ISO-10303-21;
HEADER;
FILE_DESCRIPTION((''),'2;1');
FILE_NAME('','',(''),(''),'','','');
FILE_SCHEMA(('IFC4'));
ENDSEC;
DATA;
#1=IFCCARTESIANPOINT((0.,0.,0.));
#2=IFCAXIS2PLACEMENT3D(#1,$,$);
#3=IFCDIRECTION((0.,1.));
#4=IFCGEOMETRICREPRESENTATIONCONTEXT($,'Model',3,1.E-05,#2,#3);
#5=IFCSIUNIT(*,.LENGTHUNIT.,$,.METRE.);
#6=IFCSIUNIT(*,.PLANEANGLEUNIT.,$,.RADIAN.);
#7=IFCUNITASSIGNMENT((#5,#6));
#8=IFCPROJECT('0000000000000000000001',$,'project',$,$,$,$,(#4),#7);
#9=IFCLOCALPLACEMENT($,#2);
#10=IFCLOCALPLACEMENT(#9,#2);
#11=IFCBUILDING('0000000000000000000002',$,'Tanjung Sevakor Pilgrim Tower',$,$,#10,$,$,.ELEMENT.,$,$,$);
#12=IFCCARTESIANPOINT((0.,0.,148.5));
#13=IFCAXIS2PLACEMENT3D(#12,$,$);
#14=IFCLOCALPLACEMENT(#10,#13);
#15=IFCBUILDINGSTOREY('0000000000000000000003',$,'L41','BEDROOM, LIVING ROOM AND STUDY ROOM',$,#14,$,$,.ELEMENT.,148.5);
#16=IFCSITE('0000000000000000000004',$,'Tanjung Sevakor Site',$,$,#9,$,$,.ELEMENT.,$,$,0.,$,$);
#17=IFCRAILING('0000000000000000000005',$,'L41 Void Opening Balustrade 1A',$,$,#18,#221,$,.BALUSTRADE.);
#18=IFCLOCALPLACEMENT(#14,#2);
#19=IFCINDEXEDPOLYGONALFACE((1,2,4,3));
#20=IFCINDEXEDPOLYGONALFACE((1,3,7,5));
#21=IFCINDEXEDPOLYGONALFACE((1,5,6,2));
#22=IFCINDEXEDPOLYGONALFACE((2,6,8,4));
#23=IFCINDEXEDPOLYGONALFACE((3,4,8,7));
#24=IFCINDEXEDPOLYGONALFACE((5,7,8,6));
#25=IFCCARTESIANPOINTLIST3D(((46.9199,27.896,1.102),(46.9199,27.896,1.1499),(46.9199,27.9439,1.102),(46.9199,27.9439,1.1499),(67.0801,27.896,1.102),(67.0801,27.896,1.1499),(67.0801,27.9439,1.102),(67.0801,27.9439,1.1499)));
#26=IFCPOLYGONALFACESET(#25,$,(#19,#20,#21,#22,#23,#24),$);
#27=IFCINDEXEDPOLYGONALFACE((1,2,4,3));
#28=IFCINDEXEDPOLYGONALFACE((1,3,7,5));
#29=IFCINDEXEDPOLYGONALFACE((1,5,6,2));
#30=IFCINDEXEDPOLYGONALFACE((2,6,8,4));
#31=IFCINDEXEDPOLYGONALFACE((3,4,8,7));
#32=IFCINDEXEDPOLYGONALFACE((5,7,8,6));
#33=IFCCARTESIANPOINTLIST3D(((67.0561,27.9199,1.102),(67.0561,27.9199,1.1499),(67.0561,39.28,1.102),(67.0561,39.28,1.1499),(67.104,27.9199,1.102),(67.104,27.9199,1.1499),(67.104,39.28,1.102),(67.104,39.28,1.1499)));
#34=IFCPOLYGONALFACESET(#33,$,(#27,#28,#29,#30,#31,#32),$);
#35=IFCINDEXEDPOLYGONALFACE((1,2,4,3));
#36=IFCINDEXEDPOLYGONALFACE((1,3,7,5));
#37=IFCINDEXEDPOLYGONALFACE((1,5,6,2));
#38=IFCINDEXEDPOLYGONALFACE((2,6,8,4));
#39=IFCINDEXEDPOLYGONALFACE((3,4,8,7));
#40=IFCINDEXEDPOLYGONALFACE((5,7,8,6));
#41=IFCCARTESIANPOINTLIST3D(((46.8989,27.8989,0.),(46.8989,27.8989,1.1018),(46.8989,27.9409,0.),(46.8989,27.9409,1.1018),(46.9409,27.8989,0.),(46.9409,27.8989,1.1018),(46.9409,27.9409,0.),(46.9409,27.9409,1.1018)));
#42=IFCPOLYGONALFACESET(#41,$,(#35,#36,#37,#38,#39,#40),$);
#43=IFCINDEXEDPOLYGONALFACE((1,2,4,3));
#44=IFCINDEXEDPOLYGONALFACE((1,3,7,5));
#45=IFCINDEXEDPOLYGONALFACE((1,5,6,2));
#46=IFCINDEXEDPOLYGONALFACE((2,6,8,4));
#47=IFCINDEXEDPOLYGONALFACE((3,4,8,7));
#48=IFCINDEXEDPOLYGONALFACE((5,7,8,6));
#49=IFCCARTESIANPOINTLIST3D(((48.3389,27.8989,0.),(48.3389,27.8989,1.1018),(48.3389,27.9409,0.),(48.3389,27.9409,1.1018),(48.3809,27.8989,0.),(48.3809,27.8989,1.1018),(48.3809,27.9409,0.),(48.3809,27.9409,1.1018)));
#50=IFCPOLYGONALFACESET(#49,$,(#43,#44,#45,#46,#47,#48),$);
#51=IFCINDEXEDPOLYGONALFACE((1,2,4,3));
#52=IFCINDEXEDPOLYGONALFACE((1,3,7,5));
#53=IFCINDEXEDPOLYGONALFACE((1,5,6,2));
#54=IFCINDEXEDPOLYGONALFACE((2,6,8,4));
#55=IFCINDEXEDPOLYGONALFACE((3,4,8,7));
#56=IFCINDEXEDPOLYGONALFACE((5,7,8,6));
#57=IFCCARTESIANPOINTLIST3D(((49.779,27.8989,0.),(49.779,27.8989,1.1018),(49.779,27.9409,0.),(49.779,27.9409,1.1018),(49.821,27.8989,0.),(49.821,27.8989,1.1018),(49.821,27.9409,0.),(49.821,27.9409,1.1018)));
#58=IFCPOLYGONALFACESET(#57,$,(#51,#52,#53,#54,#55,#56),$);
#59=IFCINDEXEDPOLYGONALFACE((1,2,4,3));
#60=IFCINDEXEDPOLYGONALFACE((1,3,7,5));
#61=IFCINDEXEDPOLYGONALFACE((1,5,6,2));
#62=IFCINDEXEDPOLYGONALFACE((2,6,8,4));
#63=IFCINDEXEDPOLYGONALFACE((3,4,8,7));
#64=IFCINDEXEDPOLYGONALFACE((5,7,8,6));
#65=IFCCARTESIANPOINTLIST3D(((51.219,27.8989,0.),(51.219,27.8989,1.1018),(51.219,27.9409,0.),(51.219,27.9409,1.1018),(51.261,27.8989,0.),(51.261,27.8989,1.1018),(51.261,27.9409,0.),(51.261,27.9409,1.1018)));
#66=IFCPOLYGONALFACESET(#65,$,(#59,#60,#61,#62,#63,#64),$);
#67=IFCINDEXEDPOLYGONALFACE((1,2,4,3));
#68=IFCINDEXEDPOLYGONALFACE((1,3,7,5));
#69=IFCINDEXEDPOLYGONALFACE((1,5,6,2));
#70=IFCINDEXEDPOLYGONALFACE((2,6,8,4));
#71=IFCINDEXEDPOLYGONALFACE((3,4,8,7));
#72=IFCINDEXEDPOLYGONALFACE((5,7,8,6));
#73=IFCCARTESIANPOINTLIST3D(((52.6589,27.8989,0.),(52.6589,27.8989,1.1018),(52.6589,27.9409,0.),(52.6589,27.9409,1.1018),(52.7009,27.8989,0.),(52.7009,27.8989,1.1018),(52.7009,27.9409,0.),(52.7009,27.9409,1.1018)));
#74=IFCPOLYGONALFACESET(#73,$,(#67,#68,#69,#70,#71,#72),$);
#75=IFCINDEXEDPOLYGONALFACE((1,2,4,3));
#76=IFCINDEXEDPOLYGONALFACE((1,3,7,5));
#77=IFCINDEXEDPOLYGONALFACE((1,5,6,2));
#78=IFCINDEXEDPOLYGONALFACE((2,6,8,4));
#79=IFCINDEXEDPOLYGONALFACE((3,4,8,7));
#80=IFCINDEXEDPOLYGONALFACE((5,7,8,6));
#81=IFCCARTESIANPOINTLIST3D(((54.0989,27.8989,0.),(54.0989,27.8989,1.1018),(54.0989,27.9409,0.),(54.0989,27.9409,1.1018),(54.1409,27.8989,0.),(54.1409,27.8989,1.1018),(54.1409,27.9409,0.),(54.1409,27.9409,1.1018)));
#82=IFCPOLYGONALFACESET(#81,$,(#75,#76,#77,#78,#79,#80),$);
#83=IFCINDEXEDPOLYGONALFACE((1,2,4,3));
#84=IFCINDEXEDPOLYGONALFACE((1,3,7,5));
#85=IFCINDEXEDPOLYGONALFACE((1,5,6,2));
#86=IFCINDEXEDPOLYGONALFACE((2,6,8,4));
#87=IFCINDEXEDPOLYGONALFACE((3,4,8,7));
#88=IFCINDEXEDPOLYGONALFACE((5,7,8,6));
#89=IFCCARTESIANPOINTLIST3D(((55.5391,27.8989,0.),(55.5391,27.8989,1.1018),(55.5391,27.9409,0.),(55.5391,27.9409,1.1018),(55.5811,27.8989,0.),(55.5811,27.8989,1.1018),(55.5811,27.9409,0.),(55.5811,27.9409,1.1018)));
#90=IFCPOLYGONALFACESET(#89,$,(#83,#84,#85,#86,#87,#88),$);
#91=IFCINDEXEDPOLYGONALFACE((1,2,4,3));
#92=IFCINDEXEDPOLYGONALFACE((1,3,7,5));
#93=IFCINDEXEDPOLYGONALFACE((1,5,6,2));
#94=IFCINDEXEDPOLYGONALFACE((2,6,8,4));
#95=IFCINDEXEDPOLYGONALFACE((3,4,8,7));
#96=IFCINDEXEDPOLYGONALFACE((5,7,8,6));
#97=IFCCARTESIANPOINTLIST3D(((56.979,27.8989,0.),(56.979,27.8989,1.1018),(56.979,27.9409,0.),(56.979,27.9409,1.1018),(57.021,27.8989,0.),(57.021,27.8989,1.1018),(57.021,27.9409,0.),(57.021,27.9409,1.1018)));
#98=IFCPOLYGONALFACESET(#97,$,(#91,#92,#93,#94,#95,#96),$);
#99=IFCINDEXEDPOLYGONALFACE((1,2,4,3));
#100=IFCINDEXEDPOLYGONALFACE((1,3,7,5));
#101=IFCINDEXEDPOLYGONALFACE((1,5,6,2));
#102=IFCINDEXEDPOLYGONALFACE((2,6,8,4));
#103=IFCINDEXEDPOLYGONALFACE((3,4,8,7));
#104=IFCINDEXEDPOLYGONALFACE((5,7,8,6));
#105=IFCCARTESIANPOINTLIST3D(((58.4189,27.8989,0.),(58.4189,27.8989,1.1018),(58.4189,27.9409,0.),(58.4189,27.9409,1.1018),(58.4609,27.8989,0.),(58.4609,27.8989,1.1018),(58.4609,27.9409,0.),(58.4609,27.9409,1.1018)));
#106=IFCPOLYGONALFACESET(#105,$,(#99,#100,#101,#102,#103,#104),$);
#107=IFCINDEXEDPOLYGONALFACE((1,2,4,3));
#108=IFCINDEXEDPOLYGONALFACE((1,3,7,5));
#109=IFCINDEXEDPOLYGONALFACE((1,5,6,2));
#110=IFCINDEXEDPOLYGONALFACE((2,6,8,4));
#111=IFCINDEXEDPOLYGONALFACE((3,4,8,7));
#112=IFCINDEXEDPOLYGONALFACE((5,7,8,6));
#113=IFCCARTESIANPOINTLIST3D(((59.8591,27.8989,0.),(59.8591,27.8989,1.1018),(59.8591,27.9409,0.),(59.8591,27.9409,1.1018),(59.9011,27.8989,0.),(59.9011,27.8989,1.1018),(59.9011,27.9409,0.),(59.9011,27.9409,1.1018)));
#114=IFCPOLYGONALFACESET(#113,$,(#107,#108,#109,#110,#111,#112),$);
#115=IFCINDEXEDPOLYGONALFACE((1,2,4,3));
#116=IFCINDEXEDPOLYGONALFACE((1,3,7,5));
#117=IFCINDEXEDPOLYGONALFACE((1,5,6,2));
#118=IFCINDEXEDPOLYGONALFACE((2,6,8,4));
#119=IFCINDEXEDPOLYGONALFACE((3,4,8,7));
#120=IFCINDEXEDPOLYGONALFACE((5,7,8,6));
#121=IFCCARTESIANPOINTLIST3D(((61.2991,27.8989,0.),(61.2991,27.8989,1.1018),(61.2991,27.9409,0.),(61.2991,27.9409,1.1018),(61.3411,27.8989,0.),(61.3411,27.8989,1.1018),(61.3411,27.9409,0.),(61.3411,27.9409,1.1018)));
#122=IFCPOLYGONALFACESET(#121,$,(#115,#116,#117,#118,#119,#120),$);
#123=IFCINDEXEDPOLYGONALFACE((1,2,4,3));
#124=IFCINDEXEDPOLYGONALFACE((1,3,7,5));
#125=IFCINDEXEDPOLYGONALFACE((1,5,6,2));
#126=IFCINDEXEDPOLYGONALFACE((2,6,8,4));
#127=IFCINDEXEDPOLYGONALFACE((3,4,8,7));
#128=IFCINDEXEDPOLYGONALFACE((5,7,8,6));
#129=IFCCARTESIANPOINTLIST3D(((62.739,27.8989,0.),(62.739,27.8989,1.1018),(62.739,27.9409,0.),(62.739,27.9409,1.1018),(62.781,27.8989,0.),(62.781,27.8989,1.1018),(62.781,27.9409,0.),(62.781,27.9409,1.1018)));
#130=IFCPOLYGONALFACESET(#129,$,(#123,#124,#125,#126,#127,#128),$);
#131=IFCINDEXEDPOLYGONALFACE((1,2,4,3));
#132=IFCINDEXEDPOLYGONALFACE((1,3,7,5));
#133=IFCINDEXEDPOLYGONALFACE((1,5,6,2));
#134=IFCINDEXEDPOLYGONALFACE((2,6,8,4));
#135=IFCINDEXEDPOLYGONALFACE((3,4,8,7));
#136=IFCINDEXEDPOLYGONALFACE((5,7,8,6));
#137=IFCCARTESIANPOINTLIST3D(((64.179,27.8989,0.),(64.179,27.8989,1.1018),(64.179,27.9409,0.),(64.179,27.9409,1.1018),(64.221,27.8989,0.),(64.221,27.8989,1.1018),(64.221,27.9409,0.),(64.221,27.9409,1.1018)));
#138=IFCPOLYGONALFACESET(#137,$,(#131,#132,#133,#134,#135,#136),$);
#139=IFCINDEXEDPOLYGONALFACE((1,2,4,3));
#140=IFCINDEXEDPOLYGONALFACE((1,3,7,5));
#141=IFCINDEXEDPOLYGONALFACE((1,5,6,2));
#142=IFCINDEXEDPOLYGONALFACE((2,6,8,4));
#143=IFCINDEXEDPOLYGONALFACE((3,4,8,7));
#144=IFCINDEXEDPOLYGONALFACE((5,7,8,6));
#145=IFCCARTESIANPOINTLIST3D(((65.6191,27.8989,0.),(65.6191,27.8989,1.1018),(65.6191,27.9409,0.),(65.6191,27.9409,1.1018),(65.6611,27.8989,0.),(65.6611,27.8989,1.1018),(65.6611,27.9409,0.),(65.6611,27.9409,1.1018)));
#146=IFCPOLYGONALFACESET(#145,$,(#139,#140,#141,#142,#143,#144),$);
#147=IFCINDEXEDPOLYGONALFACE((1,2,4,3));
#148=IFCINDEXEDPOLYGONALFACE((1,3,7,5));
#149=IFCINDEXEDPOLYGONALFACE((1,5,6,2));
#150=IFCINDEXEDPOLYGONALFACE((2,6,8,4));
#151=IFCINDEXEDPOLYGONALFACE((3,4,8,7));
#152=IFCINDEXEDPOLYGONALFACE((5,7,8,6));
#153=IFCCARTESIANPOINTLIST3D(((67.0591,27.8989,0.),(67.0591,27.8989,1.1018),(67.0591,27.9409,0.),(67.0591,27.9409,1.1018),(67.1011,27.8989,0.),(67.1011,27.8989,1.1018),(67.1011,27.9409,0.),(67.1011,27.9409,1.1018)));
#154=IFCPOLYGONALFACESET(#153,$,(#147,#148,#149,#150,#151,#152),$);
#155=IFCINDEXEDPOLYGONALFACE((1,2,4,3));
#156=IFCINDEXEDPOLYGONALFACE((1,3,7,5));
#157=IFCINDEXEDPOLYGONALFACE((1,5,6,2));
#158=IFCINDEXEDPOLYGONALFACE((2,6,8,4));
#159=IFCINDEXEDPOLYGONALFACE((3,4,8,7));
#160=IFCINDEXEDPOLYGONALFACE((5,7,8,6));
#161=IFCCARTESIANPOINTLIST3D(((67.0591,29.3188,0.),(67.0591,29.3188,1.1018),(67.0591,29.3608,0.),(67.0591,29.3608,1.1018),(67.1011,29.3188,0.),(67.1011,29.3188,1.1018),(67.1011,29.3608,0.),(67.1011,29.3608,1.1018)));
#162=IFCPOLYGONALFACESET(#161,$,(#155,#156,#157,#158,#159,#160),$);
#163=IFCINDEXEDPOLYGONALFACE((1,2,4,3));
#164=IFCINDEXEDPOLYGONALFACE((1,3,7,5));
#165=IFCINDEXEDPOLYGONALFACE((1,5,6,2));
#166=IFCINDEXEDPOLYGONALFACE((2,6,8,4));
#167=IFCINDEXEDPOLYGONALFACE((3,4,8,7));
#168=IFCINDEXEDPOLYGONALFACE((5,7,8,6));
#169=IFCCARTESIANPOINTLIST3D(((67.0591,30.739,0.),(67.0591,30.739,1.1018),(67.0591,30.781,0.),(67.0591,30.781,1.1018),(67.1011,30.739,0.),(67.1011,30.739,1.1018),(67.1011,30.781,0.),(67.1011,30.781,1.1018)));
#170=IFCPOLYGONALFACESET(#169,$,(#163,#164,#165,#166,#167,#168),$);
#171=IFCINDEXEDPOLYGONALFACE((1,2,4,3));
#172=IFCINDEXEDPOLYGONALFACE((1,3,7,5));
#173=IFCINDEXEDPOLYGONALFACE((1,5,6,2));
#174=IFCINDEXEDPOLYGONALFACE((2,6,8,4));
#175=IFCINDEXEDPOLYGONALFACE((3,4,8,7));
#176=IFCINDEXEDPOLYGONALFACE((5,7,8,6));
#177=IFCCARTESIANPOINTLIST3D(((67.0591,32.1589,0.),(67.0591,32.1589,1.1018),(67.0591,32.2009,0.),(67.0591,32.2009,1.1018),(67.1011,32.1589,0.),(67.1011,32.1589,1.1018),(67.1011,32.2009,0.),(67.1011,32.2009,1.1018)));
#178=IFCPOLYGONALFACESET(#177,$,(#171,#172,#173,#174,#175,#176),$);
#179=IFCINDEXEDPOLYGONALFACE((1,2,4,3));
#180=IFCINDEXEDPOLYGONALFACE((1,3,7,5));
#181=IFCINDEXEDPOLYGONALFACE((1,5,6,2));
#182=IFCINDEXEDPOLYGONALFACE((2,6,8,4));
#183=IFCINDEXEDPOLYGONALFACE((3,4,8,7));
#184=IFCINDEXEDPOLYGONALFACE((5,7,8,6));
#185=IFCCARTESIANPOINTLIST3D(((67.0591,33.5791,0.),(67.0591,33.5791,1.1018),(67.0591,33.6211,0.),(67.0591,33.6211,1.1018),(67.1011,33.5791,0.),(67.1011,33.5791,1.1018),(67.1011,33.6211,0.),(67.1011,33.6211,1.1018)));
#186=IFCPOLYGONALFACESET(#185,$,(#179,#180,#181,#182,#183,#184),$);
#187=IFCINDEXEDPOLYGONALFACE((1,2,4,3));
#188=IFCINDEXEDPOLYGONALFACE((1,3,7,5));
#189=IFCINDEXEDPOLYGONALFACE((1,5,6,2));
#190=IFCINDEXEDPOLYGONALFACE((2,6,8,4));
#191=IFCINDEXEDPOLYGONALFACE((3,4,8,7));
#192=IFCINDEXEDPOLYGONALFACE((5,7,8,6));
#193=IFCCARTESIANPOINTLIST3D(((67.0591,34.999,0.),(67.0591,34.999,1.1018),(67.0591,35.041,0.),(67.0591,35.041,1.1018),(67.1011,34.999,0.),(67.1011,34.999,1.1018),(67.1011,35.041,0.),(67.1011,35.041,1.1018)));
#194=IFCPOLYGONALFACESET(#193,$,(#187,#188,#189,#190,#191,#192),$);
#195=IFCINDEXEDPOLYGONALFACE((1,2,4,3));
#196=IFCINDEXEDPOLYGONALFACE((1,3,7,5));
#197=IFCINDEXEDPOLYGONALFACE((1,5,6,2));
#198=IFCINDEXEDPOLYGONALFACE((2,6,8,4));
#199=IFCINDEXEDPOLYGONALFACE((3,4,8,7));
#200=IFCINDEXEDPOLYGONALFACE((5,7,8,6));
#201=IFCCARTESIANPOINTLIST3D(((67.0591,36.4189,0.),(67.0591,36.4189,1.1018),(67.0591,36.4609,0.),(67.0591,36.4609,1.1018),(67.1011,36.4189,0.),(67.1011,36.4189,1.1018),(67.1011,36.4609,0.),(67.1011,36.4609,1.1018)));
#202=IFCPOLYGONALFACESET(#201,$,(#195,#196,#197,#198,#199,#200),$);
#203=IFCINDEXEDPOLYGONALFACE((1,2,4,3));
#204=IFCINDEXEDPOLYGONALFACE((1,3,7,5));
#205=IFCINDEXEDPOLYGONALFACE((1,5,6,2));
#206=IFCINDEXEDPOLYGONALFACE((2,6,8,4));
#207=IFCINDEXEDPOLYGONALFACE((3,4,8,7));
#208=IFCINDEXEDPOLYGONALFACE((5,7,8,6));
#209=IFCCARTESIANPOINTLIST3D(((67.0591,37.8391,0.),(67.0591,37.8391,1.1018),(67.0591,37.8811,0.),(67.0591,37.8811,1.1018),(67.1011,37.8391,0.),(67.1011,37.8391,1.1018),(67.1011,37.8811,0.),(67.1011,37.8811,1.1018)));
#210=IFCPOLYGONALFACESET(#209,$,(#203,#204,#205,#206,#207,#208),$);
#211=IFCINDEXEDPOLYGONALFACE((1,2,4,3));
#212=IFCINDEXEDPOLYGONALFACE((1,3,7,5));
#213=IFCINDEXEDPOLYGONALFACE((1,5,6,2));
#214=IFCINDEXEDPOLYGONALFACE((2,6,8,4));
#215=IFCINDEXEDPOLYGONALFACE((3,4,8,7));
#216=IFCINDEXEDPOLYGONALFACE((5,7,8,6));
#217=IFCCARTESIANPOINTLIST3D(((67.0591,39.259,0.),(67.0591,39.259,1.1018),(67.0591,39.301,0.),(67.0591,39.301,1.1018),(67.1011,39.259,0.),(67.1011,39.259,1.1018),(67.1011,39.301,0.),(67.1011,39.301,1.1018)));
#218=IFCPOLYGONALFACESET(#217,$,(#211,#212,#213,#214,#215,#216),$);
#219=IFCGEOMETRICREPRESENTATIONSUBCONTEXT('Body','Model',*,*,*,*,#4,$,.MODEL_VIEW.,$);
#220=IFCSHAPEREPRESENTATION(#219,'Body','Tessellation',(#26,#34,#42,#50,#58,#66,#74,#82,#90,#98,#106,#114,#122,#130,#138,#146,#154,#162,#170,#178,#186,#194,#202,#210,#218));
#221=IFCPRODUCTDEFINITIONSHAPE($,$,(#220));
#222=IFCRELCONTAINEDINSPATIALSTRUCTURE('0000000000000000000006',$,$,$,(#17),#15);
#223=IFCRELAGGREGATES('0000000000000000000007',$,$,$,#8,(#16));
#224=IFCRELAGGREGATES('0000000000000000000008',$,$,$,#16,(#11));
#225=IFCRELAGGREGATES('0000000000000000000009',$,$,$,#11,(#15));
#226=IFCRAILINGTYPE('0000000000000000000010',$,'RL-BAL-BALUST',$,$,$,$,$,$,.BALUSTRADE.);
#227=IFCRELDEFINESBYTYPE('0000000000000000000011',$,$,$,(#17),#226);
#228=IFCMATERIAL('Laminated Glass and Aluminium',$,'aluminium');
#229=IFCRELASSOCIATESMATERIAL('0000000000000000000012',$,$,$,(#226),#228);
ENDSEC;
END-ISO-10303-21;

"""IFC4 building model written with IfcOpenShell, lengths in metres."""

from ifc_helpers import new_model, si_unit, direction, frame, origin, place, context, subcontext, project, spatial, rectangle, extrude, material, type_object, element, save


model = new_model("IFC4")

# Units and contexts
model_context = context("Model", 3, precision=1e-05, world=origin(), true_north=direction((0.0, 1.0)))
body_context = subcontext(model_context, "Body", "Model", "MODEL_VIEW")
ifc_project = project(units=[si_unit("LENGTHUNIT", "METRE"), si_unit("PLANEANGLEUNIT", "RADIAN")], contexts=[model_context])

# Site, building, storey
site_placement = place(None, origin())
site = spatial("IfcSite", under=ifc_project, at=site_placement, Name="Tanjung Sevakor Site", CompositionType="ELEMENT", RefElevation=0.0)
building_placement = place(site_placement, origin())
building = spatial("IfcBuilding", under=site, at=building_placement, Name="Tanjung Sevakor Pilgrim Tower", CompositionType="ELEMENT")
storey_placement = place(building_placement, frame((0.0, 0.0, 148.5)))
storey = spatial("IfcBuildingStorey", under=building, at=storey_placement, Name="L41", Description="BEDROOM, LIVING ROOM AND STUDY ROOM", CompositionType="ELEMENT", Elevation=148.5)

# Railing
ifc_material_1 = material(Name="Laminated Glass and Aluminium", Category="aluminium")
railing_type = type_object("IfcRailingType", Name="RL-BAL-BALUST", PredefinedType="BALUSTRADE", material=ifc_material_1)
railing_placement = place(storey_placement, frame((46.9199, 27.9199, 0.0)))
element("IfcRailing", 1, at=railing_placement, inside=storey, type_object=railing_type, Name="L41 Void Opening Balustrade 1A", PredefinedType="BALUSTRADE", context=body_context, shape_type="SweptSolid", body=[
    extrude(rectangle(XDim=0.0479, YDim=0.0479), frame((0.0, 0.0, 1.126), z_axis=(1.0, 0.0, 0.0), x_axis=(0.0, 1.0, 0.0)), (0.0, 0.0, 1.0), 20.1602),
    extrude(rectangle(XDim=0.0479, YDim=0.0479), frame((20.1602, 0.0, 1.126), z_axis=(0.0, 1.0, 0.0), x_axis=(-1.0, 0.0, 0.0)), (0.0, 0.0, 1.0), 11.3601),
    extrude(rectangle(XDim=0.042, YDim=0.042), origin(), (0.0, 0.0, 1.0), 1.1018),
    extrude(rectangle(XDim=0.042, YDim=0.042), frame((1.4399, 0.0, 0.0)), (0.0, 0.0, 1.0), 1.1018),
    extrude(rectangle(XDim=0.042, YDim=0.042), frame((2.8801, 0.0, 0.0)), (0.0, 0.0, 1.0), 1.1018),
    extrude(rectangle(XDim=0.042, YDim=0.042), frame((4.3201, 0.0, 0.0)), (0.0, 0.0, 1.0), 1.1018),
    extrude(rectangle(XDim=0.042, YDim=0.042), frame((5.76, 0.0, 0.0)), (0.0, 0.0, 1.0), 1.1018),
    extrude(rectangle(XDim=0.042, YDim=0.042), frame((7.2, 0.0, 0.0)), (0.0, 0.0, 1.0), 1.1018),
    extrude(rectangle(XDim=0.042, YDim=0.042), frame((8.6401, 0.0, 0.0)), (0.0, 0.0, 1.0), 1.1018),
    extrude(rectangle(XDim=0.042, YDim=0.042), frame((10.0801, 0.0, 0.0)), (0.0, 0.0, 1.0), 1.1018),
    extrude(rectangle(XDim=0.042, YDim=0.042), frame((11.52, 0.0, 0.0)), (0.0, 0.0, 1.0), 1.1018),
    extrude(rectangle(XDim=0.042, YDim=0.042), frame((12.9602, 0.0, 0.0)), (0.0, 0.0, 1.0), 1.1018),
    extrude(rectangle(XDim=0.042, YDim=0.042), frame((14.4001, 0.0, 0.0)), (0.0, 0.0, 1.0), 1.1018),
    extrude(rectangle(XDim=0.042, YDim=0.042), frame((15.8401, 0.0, 0.0)), (0.0, 0.0, 1.0), 1.1018),
    extrude(rectangle(XDim=0.042, YDim=0.042), frame((17.28, 0.0, 0.0)), (0.0, 0.0, 1.0), 1.1018),
    extrude(rectangle(XDim=0.042, YDim=0.042), frame((18.7202, 0.0, 0.0)), (0.0, 0.0, 1.0), 1.1018),
    extrude(rectangle(XDim=0.042, YDim=0.042), frame((20.1602, 0.0, 0.0)), (0.0, 0.0, 1.0), 1.1018),
    extrude(rectangle(XDim=0.042, YDim=0.042), frame((20.1602, 1.4199, 0.0)), (0.0, 0.0, 1.0), 1.1018),
    extrude(rectangle(XDim=0.042, YDim=0.042), frame((20.1602, 2.8401, 0.0)), (0.0, 0.0, 1.0), 1.1018),
    extrude(rectangle(XDim=0.042, YDim=0.042), frame((20.1602, 4.26, 0.0)), (0.0, 0.0, 1.0), 1.1018),
    extrude(rectangle(XDim=0.042, YDim=0.042), frame((20.1602, 5.6802, 0.0)), (0.0, 0.0, 1.0), 1.1018),
    extrude(rectangle(XDim=0.042, YDim=0.042), frame((20.1602, 7.1001, 0.0)), (0.0, 0.0, 1.0), 1.1018),
    extrude(rectangle(XDim=0.042, YDim=0.042), frame((20.1602, 8.52, 0.0)), (0.0, 0.0, 1.0), 1.1018),
    extrude(rectangle(XDim=0.042, YDim=0.042), frame((20.1602, 9.9402, 0.0)), (0.0, 0.0, 1.0), 1.1018),
    extrude(rectangle(XDim=0.042, YDim=0.042), frame((20.1602, 11.3601, 0.0)), (0.0, 0.0, 1.0), 1.1018),
])

save(model, "model.ifc")
